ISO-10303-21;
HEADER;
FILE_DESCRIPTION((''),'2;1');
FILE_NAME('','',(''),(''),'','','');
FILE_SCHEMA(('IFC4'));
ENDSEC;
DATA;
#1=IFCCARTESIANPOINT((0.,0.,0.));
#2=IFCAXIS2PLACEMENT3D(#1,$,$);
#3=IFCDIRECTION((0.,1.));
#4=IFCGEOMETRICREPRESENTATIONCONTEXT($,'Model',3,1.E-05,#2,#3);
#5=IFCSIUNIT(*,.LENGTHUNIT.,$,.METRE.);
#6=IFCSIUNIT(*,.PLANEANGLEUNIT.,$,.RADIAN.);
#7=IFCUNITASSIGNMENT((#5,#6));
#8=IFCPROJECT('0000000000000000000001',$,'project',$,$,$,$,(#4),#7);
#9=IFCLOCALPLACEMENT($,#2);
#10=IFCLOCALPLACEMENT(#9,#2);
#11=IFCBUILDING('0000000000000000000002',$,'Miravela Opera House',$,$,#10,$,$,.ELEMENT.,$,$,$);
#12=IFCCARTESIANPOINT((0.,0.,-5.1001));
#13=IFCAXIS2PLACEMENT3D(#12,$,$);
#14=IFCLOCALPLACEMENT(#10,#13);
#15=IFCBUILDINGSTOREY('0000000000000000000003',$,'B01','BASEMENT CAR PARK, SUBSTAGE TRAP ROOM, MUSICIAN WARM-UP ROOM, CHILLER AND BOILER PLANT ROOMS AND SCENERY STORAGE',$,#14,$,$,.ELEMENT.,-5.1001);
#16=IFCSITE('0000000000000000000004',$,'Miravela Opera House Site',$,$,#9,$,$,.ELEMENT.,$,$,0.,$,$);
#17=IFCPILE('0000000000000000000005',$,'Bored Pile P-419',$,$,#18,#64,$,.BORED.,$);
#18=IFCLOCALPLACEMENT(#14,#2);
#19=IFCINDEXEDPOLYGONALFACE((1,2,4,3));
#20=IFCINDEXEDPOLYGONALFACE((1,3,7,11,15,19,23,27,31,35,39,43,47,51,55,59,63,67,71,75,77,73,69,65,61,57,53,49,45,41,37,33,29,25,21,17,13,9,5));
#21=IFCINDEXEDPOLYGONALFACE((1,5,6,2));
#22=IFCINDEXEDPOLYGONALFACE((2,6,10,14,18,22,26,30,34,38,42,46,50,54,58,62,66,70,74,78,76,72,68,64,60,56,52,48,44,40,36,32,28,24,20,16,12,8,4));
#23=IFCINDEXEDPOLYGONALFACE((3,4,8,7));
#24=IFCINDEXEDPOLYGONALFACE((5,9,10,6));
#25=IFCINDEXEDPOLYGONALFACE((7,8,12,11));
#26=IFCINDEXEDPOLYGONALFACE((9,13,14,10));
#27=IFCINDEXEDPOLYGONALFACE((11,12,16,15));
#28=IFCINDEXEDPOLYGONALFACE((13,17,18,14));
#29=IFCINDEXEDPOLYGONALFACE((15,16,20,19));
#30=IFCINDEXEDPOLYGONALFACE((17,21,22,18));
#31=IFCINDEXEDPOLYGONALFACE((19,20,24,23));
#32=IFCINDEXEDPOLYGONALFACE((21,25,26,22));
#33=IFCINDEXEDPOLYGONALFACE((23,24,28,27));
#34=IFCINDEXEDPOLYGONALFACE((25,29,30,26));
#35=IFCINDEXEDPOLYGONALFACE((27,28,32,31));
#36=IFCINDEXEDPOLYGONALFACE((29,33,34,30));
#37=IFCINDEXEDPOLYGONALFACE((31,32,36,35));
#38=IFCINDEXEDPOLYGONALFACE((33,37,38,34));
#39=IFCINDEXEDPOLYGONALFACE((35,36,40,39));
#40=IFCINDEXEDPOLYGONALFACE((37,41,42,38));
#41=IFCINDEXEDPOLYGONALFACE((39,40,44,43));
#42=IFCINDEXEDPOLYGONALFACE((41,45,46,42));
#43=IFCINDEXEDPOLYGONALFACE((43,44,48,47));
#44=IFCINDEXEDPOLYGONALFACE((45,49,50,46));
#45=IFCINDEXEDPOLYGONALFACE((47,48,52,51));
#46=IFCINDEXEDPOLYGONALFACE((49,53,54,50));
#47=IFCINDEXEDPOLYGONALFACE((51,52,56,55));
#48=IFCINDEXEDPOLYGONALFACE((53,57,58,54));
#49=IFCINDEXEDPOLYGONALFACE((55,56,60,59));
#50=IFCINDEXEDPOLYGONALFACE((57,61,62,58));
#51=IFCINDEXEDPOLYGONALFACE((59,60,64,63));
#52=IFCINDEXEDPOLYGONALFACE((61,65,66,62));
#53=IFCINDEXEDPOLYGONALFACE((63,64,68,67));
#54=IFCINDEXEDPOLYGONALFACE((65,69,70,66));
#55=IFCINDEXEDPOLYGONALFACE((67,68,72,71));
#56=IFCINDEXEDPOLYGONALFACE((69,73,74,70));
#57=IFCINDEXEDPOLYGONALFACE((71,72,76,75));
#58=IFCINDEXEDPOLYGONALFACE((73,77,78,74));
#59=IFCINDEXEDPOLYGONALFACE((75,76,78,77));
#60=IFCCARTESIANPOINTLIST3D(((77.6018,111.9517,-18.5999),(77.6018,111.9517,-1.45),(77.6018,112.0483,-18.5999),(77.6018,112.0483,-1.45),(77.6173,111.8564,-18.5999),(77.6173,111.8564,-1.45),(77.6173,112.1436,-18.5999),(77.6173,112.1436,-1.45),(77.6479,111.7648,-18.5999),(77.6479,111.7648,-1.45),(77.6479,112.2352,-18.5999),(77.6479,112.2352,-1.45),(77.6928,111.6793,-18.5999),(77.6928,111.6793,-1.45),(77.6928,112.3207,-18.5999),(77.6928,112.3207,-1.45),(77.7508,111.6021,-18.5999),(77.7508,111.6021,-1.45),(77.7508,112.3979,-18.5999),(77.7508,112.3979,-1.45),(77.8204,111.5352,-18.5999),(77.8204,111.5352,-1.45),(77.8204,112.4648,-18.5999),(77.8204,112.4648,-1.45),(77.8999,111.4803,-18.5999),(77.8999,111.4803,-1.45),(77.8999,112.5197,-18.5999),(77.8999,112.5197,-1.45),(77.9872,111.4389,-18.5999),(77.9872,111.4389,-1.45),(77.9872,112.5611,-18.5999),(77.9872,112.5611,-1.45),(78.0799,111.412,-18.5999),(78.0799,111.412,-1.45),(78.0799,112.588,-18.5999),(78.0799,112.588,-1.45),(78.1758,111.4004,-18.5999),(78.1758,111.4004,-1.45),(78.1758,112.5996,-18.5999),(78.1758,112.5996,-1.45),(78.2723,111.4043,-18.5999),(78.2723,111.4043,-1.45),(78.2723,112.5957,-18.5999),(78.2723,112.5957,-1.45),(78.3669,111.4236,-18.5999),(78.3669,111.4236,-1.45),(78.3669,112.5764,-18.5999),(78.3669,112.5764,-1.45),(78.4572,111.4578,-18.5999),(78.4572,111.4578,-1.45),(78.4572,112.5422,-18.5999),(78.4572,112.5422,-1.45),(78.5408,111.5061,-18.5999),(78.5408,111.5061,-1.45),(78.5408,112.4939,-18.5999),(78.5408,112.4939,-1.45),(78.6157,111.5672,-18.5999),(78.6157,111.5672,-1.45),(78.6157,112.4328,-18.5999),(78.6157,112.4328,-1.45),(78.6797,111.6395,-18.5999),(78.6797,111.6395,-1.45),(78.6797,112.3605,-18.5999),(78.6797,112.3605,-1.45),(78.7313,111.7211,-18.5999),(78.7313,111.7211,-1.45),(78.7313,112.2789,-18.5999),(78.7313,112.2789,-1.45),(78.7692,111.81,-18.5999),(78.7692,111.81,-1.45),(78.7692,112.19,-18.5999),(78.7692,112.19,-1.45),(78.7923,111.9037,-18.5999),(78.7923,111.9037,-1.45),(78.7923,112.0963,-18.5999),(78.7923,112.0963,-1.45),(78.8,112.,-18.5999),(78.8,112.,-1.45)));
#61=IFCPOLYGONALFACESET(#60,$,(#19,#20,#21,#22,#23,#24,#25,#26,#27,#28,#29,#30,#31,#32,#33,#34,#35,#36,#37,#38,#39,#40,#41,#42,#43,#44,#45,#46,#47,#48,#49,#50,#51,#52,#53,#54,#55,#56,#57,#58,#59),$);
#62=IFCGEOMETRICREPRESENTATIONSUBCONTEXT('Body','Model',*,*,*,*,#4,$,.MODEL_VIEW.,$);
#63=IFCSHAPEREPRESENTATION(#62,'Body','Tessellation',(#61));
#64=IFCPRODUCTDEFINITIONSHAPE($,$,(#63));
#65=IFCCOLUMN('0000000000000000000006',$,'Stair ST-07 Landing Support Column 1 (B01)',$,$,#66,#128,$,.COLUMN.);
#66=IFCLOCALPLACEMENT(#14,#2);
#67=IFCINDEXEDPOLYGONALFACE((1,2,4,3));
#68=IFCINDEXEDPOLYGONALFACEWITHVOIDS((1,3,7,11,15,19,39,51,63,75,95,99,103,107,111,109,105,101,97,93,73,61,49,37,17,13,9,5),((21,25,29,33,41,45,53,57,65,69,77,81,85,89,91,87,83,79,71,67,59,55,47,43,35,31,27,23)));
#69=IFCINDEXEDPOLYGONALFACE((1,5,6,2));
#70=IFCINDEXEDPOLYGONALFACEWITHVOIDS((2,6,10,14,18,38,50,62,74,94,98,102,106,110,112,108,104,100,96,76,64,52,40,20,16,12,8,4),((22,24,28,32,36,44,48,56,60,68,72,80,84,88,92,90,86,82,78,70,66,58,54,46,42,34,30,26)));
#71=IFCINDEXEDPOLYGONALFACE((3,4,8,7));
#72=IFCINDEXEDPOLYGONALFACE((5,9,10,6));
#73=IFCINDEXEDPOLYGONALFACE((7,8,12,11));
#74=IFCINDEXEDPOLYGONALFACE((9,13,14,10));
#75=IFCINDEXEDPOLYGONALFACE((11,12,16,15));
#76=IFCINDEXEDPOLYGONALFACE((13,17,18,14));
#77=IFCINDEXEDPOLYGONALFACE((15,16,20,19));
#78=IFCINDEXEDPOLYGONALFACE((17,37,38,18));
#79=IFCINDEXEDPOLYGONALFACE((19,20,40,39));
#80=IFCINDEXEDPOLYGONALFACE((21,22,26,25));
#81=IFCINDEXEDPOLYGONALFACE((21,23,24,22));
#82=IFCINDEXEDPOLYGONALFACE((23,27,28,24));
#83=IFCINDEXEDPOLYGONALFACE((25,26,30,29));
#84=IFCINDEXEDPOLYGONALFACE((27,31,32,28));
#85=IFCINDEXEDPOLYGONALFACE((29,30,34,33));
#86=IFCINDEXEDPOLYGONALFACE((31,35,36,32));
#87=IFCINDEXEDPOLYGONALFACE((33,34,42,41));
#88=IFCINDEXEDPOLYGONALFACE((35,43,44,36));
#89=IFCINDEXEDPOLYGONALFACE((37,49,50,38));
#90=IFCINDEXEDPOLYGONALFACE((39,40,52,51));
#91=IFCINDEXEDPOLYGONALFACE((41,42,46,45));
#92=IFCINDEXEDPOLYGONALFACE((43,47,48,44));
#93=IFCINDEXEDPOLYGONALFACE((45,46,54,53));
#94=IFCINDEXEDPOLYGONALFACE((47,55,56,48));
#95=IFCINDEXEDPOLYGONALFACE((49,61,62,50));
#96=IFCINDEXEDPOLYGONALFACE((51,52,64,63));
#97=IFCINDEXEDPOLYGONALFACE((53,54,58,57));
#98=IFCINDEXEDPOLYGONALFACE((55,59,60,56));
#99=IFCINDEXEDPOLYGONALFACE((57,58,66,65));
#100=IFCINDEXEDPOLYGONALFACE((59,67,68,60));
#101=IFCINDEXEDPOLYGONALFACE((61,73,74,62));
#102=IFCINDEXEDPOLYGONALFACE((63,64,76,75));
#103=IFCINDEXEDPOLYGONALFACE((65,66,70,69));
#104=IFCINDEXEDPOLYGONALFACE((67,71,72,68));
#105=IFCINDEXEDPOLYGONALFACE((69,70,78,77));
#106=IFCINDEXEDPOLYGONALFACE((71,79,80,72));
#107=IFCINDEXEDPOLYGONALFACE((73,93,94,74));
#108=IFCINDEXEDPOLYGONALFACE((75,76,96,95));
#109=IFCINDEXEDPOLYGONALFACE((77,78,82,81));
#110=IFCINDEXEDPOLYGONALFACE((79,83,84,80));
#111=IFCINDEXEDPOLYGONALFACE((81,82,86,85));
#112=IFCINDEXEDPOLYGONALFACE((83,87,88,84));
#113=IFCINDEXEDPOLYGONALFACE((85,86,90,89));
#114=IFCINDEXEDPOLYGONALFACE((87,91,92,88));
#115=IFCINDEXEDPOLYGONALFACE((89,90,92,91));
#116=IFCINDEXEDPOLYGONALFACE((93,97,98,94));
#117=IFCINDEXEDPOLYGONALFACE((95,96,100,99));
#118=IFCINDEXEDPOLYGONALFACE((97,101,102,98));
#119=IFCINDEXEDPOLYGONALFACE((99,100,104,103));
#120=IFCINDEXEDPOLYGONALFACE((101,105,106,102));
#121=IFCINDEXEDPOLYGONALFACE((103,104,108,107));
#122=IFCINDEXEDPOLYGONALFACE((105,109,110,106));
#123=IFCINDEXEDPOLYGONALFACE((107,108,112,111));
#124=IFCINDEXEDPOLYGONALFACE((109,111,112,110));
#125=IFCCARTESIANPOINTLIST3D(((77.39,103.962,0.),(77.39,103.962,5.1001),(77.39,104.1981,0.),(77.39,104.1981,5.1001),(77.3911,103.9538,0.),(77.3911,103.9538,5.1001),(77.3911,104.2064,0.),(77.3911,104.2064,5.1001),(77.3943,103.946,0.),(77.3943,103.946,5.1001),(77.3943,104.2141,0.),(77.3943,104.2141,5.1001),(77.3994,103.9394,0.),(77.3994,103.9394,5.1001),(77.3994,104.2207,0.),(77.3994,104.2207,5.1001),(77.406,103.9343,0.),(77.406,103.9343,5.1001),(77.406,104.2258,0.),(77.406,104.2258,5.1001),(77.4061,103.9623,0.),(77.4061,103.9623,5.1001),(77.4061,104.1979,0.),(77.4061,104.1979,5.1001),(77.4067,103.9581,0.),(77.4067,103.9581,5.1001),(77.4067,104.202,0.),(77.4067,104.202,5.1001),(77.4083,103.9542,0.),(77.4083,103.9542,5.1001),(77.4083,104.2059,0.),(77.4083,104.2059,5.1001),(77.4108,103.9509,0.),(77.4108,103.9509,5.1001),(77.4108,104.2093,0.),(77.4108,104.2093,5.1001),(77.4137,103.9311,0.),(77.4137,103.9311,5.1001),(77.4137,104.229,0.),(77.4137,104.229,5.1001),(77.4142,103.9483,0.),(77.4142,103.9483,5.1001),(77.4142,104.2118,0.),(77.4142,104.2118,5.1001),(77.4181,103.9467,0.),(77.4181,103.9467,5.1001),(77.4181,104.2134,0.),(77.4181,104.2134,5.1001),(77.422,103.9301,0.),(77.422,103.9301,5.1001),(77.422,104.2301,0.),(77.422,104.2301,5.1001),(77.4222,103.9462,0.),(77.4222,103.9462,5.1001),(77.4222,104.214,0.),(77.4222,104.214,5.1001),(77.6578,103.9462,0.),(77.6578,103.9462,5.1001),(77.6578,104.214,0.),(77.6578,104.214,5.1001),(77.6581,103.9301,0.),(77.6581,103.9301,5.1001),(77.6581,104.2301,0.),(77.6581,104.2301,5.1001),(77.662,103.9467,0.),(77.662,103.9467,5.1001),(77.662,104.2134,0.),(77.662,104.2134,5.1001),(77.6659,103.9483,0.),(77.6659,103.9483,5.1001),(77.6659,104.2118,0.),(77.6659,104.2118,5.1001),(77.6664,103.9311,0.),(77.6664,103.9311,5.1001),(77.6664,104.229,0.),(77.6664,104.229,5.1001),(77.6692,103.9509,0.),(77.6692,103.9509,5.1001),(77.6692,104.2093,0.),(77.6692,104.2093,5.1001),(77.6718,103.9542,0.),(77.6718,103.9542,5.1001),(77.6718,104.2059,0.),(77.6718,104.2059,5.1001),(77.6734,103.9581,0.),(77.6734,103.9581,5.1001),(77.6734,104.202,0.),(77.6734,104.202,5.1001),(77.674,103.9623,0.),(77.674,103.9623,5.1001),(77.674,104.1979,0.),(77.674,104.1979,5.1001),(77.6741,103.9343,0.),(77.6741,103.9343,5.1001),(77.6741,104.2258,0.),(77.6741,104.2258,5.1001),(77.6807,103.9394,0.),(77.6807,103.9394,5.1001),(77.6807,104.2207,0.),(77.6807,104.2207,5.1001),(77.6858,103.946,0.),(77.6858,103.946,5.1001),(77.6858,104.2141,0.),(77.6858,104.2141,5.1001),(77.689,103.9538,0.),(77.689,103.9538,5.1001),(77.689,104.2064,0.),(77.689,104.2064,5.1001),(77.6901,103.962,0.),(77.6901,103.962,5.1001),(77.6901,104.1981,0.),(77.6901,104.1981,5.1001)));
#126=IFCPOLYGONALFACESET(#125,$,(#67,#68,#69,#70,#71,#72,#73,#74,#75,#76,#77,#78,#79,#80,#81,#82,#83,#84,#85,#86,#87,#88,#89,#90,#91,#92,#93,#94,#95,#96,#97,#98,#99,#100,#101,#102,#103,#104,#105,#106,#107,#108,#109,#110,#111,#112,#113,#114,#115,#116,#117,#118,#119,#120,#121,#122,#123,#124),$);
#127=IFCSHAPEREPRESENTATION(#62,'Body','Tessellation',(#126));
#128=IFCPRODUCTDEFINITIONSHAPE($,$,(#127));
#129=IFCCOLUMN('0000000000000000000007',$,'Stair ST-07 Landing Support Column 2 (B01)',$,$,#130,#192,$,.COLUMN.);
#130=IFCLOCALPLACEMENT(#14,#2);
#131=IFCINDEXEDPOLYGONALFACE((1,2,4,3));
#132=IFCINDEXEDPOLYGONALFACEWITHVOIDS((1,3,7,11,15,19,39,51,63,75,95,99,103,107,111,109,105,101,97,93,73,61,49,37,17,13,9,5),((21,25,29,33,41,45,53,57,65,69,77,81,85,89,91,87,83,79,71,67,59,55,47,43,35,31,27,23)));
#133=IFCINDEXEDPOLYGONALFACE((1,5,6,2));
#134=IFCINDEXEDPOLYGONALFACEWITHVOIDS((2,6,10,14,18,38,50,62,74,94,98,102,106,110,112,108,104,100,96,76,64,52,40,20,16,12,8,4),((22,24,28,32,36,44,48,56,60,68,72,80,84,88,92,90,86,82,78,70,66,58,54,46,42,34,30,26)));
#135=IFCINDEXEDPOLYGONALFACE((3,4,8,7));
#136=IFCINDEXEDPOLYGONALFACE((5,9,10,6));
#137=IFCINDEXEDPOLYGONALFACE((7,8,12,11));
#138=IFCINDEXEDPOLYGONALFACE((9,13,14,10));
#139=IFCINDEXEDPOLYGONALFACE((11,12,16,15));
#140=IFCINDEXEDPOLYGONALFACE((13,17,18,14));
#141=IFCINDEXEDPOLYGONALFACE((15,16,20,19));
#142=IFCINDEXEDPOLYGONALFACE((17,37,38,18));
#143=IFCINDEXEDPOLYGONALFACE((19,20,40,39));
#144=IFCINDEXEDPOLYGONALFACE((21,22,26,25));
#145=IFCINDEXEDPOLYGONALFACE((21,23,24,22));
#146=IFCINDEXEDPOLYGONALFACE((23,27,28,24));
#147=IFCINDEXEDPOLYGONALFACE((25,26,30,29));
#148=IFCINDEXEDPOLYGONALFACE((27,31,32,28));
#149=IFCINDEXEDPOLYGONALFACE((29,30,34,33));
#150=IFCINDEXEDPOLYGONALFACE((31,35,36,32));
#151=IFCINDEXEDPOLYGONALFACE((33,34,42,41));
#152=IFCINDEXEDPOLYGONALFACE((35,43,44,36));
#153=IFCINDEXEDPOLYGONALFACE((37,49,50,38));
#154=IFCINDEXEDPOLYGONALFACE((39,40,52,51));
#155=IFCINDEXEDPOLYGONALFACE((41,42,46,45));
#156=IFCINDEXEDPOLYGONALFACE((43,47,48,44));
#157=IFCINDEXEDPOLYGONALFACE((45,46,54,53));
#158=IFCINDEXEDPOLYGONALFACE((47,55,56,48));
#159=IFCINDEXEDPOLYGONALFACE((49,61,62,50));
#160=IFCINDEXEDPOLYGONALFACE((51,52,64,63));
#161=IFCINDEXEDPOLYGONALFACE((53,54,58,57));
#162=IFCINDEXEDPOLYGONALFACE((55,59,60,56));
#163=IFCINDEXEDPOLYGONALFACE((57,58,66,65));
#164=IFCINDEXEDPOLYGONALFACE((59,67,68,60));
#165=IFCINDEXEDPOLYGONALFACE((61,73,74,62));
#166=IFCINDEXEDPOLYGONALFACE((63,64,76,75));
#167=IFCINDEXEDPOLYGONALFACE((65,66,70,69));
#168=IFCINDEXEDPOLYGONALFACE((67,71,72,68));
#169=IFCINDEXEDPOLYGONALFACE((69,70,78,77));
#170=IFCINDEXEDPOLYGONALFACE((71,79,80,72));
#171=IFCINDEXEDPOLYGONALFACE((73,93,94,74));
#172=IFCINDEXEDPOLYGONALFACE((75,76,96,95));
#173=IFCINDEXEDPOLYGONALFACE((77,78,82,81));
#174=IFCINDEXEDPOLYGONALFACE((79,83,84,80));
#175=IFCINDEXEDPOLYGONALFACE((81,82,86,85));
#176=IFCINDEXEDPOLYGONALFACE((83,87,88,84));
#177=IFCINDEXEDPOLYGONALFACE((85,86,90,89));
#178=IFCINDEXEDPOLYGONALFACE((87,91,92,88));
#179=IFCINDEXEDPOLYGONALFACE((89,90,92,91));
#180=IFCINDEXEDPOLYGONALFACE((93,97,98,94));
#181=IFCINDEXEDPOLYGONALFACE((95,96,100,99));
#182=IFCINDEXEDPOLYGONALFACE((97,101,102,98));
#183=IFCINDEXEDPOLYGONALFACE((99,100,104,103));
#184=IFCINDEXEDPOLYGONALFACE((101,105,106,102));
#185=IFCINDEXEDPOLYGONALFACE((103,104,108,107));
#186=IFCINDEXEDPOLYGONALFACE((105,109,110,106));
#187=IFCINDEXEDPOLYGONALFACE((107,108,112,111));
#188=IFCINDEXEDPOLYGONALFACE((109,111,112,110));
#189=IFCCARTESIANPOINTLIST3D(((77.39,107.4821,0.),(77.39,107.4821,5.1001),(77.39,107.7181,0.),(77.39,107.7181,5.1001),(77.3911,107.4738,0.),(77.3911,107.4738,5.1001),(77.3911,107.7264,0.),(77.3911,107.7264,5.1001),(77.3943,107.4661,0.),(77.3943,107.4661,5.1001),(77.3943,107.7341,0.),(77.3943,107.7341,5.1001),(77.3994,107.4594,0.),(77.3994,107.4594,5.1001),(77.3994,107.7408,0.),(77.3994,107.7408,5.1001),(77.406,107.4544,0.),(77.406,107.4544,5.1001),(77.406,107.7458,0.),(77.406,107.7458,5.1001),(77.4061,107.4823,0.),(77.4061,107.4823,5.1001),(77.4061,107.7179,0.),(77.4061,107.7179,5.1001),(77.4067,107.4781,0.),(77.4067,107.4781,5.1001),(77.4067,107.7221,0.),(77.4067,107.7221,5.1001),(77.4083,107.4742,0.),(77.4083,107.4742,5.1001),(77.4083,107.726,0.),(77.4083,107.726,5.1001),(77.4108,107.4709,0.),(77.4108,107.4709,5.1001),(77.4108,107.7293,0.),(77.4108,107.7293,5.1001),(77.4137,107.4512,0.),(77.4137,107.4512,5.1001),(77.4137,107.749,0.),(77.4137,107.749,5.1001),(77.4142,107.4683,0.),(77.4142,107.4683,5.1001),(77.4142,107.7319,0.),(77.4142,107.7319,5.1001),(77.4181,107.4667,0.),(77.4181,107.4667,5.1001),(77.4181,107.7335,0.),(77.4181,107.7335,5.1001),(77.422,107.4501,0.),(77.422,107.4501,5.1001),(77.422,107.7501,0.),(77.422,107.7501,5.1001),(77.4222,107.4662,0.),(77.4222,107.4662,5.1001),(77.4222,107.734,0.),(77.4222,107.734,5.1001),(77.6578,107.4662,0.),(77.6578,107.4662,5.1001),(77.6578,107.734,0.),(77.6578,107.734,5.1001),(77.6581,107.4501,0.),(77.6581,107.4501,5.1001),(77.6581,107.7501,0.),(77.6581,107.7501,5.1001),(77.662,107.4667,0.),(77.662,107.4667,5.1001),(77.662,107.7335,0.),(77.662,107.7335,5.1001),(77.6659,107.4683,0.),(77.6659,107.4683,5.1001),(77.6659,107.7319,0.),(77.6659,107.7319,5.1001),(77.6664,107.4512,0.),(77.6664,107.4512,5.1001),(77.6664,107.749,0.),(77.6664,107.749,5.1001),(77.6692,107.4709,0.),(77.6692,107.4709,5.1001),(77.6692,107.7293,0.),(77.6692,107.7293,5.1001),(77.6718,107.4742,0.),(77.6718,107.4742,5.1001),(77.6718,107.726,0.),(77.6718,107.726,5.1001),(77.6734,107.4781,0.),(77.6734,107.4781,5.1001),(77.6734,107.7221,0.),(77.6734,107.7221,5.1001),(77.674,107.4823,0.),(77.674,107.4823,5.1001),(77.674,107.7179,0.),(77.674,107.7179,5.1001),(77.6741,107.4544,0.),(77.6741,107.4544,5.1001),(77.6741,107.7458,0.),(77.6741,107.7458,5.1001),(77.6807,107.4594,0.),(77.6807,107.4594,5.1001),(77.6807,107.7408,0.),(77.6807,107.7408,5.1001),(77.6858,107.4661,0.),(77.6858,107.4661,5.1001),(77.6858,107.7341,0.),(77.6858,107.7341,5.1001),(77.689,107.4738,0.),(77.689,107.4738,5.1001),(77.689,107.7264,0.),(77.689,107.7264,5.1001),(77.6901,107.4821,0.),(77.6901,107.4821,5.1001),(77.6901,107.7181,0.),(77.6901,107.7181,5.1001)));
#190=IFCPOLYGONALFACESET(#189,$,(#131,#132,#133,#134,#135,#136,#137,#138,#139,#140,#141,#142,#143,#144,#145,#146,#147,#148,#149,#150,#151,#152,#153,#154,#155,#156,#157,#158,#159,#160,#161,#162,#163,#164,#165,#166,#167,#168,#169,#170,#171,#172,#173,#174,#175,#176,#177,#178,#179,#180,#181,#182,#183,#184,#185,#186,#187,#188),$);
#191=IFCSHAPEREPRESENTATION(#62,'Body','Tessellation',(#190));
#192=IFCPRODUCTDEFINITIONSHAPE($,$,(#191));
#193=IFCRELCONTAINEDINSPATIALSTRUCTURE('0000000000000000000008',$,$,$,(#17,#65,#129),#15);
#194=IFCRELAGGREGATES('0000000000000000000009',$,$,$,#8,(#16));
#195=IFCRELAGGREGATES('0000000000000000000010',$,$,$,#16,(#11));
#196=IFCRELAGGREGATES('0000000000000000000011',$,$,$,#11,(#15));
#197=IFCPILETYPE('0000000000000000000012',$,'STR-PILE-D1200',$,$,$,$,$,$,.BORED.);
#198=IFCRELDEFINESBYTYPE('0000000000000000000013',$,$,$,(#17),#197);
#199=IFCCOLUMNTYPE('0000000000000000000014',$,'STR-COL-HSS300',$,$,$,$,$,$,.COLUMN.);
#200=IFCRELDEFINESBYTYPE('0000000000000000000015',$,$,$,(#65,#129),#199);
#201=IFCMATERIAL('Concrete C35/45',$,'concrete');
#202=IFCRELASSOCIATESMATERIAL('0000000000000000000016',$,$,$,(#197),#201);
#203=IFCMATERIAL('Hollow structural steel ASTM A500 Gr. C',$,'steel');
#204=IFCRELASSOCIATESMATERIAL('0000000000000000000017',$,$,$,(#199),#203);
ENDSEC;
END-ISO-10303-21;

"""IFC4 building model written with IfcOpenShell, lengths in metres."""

from ifc_helpers import new_model, si_unit, direction, frame, origin, origin_2d, place, context, subcontext, project, spatial, hollow_rectangle, circle, extrude, material, material_profile, profile_set, type_object, element, save


model = new_model("IFC4")

# Units and contexts
model_context = context("Model", 3, precision=1e-05, world=origin(), true_north=direction((0.0, 1.0)))
body_context = subcontext(model_context, "Body", "Model", "MODEL_VIEW")
ifc_project = project(units=[si_unit("LENGTHUNIT", "METRE"), si_unit("PLANEANGLEUNIT", "RADIAN")], contexts=[model_context])

# Site, building, storey
site_placement = place(None, origin())
site = spatial("IfcSite", under=ifc_project, at=site_placement, Name="Miravela Opera House Site", CompositionType="ELEMENT", RefElevation=0.0)
building_placement = place(site_placement, origin())
building = spatial("IfcBuilding", under=site, at=building_placement, Name="Miravela Opera House", CompositionType="ELEMENT")
storey_placement = place(building_placement, frame((0.0, 0.0, -5.1001)))
storey = spatial("IfcBuildingStorey", under=building, at=storey_placement, Name="B01", Description="BASEMENT CAR PARK, SUBSTAGE TRAP ROOM, MUSICIAN WARM-UP ROOM, CHILLER AND BOILER PLANT ROOMS AND SCENERY STORAGE", CompositionType="ELEMENT", Elevation=-5.1001)

# Shared definitions
ifc_material_1 = material(Name="Concrete C35/45", Category="concrete")

# Pile
ifc_material_profile_1 = material_profile(ifc_material_1, circle(Radius=0.6001, at=origin_2d()), Name="PILE-D1200")
ifc_profile_set_1 = profile_set([ifc_material_profile_1])
pile_type = type_object("IfcPileType", Name="STR-PILE-D1200", PredefinedType="BORED", material=ifc_profile_set_1)
for number, where, z_axis, x_axis, name in (
    (1, (78.2, 112.0, -1.45), (0.0, 0.0, -1.0), (1.0, 0.0, 0.0), "Bored Pile P-419"),
):
    element("IfcPile", number, at=place(storey_placement, frame(where, z_axis=z_axis, x_axis=x_axis)), inside=storey, type_object=pile_type, Name=name, PredefinedType="BORED", context=body_context, shape_type="SweptSolid", body=[
        extrude(circle(Radius=0.6001, at=origin_2d()), origin(), (0.0, 0.0, 1.0), 17.1499),
    ])

# Columns
ifc_material_2 = material(Name="Hollow structural steel ASTM A500 Gr. C", Category="steel")
ifc_material_profile_2 = material_profile(ifc_material_2, hollow_rectangle(XDim=0.3, YDim=0.3, WallThickness=0.0161, InnerFilletRadius=0.0161, OuterFilletRadius=0.032, at=origin_2d()), Name="HSS300X300X16")
ifc_profile_set_2 = profile_set([ifc_material_profile_2])
column_type_1 = type_object("IfcColumnType", Name="STR-COL-HSS300", PredefinedType="COLUMN", material=ifc_profile_set_2)
for number, where, z_axis, x_axis, name in (
    (2, (77.54, 104.0801, 0.0), (0.0, 0.0, 1.0), (1.0, 0.0, 0.0), "Stair ST-07 Landing Support Column 1 (B01)"),
    (3, (77.54, 107.6001, 0.0), (0.0, 0.0, 1.0), (1.0, 0.0, 0.0), "Stair ST-07 Landing Support Column 2 (B01)"),
):
    element("IfcColumn", number, at=place(storey_placement, frame(where, z_axis=z_axis, x_axis=x_axis)), inside=storey, type_object=column_type_1, Name=name, PredefinedType="COLUMN", context=body_context, shape_type="SweptSolid", body=[
        extrude(hollow_rectangle(XDim=0.3, YDim=0.3, WallThickness=0.0161, InnerFilletRadius=0.0161, OuterFilletRadius=0.032, at=origin_2d()), origin(), (0.0, 0.0, 1.0), 5.1001),
    ])

save(model, "model.ifc")
